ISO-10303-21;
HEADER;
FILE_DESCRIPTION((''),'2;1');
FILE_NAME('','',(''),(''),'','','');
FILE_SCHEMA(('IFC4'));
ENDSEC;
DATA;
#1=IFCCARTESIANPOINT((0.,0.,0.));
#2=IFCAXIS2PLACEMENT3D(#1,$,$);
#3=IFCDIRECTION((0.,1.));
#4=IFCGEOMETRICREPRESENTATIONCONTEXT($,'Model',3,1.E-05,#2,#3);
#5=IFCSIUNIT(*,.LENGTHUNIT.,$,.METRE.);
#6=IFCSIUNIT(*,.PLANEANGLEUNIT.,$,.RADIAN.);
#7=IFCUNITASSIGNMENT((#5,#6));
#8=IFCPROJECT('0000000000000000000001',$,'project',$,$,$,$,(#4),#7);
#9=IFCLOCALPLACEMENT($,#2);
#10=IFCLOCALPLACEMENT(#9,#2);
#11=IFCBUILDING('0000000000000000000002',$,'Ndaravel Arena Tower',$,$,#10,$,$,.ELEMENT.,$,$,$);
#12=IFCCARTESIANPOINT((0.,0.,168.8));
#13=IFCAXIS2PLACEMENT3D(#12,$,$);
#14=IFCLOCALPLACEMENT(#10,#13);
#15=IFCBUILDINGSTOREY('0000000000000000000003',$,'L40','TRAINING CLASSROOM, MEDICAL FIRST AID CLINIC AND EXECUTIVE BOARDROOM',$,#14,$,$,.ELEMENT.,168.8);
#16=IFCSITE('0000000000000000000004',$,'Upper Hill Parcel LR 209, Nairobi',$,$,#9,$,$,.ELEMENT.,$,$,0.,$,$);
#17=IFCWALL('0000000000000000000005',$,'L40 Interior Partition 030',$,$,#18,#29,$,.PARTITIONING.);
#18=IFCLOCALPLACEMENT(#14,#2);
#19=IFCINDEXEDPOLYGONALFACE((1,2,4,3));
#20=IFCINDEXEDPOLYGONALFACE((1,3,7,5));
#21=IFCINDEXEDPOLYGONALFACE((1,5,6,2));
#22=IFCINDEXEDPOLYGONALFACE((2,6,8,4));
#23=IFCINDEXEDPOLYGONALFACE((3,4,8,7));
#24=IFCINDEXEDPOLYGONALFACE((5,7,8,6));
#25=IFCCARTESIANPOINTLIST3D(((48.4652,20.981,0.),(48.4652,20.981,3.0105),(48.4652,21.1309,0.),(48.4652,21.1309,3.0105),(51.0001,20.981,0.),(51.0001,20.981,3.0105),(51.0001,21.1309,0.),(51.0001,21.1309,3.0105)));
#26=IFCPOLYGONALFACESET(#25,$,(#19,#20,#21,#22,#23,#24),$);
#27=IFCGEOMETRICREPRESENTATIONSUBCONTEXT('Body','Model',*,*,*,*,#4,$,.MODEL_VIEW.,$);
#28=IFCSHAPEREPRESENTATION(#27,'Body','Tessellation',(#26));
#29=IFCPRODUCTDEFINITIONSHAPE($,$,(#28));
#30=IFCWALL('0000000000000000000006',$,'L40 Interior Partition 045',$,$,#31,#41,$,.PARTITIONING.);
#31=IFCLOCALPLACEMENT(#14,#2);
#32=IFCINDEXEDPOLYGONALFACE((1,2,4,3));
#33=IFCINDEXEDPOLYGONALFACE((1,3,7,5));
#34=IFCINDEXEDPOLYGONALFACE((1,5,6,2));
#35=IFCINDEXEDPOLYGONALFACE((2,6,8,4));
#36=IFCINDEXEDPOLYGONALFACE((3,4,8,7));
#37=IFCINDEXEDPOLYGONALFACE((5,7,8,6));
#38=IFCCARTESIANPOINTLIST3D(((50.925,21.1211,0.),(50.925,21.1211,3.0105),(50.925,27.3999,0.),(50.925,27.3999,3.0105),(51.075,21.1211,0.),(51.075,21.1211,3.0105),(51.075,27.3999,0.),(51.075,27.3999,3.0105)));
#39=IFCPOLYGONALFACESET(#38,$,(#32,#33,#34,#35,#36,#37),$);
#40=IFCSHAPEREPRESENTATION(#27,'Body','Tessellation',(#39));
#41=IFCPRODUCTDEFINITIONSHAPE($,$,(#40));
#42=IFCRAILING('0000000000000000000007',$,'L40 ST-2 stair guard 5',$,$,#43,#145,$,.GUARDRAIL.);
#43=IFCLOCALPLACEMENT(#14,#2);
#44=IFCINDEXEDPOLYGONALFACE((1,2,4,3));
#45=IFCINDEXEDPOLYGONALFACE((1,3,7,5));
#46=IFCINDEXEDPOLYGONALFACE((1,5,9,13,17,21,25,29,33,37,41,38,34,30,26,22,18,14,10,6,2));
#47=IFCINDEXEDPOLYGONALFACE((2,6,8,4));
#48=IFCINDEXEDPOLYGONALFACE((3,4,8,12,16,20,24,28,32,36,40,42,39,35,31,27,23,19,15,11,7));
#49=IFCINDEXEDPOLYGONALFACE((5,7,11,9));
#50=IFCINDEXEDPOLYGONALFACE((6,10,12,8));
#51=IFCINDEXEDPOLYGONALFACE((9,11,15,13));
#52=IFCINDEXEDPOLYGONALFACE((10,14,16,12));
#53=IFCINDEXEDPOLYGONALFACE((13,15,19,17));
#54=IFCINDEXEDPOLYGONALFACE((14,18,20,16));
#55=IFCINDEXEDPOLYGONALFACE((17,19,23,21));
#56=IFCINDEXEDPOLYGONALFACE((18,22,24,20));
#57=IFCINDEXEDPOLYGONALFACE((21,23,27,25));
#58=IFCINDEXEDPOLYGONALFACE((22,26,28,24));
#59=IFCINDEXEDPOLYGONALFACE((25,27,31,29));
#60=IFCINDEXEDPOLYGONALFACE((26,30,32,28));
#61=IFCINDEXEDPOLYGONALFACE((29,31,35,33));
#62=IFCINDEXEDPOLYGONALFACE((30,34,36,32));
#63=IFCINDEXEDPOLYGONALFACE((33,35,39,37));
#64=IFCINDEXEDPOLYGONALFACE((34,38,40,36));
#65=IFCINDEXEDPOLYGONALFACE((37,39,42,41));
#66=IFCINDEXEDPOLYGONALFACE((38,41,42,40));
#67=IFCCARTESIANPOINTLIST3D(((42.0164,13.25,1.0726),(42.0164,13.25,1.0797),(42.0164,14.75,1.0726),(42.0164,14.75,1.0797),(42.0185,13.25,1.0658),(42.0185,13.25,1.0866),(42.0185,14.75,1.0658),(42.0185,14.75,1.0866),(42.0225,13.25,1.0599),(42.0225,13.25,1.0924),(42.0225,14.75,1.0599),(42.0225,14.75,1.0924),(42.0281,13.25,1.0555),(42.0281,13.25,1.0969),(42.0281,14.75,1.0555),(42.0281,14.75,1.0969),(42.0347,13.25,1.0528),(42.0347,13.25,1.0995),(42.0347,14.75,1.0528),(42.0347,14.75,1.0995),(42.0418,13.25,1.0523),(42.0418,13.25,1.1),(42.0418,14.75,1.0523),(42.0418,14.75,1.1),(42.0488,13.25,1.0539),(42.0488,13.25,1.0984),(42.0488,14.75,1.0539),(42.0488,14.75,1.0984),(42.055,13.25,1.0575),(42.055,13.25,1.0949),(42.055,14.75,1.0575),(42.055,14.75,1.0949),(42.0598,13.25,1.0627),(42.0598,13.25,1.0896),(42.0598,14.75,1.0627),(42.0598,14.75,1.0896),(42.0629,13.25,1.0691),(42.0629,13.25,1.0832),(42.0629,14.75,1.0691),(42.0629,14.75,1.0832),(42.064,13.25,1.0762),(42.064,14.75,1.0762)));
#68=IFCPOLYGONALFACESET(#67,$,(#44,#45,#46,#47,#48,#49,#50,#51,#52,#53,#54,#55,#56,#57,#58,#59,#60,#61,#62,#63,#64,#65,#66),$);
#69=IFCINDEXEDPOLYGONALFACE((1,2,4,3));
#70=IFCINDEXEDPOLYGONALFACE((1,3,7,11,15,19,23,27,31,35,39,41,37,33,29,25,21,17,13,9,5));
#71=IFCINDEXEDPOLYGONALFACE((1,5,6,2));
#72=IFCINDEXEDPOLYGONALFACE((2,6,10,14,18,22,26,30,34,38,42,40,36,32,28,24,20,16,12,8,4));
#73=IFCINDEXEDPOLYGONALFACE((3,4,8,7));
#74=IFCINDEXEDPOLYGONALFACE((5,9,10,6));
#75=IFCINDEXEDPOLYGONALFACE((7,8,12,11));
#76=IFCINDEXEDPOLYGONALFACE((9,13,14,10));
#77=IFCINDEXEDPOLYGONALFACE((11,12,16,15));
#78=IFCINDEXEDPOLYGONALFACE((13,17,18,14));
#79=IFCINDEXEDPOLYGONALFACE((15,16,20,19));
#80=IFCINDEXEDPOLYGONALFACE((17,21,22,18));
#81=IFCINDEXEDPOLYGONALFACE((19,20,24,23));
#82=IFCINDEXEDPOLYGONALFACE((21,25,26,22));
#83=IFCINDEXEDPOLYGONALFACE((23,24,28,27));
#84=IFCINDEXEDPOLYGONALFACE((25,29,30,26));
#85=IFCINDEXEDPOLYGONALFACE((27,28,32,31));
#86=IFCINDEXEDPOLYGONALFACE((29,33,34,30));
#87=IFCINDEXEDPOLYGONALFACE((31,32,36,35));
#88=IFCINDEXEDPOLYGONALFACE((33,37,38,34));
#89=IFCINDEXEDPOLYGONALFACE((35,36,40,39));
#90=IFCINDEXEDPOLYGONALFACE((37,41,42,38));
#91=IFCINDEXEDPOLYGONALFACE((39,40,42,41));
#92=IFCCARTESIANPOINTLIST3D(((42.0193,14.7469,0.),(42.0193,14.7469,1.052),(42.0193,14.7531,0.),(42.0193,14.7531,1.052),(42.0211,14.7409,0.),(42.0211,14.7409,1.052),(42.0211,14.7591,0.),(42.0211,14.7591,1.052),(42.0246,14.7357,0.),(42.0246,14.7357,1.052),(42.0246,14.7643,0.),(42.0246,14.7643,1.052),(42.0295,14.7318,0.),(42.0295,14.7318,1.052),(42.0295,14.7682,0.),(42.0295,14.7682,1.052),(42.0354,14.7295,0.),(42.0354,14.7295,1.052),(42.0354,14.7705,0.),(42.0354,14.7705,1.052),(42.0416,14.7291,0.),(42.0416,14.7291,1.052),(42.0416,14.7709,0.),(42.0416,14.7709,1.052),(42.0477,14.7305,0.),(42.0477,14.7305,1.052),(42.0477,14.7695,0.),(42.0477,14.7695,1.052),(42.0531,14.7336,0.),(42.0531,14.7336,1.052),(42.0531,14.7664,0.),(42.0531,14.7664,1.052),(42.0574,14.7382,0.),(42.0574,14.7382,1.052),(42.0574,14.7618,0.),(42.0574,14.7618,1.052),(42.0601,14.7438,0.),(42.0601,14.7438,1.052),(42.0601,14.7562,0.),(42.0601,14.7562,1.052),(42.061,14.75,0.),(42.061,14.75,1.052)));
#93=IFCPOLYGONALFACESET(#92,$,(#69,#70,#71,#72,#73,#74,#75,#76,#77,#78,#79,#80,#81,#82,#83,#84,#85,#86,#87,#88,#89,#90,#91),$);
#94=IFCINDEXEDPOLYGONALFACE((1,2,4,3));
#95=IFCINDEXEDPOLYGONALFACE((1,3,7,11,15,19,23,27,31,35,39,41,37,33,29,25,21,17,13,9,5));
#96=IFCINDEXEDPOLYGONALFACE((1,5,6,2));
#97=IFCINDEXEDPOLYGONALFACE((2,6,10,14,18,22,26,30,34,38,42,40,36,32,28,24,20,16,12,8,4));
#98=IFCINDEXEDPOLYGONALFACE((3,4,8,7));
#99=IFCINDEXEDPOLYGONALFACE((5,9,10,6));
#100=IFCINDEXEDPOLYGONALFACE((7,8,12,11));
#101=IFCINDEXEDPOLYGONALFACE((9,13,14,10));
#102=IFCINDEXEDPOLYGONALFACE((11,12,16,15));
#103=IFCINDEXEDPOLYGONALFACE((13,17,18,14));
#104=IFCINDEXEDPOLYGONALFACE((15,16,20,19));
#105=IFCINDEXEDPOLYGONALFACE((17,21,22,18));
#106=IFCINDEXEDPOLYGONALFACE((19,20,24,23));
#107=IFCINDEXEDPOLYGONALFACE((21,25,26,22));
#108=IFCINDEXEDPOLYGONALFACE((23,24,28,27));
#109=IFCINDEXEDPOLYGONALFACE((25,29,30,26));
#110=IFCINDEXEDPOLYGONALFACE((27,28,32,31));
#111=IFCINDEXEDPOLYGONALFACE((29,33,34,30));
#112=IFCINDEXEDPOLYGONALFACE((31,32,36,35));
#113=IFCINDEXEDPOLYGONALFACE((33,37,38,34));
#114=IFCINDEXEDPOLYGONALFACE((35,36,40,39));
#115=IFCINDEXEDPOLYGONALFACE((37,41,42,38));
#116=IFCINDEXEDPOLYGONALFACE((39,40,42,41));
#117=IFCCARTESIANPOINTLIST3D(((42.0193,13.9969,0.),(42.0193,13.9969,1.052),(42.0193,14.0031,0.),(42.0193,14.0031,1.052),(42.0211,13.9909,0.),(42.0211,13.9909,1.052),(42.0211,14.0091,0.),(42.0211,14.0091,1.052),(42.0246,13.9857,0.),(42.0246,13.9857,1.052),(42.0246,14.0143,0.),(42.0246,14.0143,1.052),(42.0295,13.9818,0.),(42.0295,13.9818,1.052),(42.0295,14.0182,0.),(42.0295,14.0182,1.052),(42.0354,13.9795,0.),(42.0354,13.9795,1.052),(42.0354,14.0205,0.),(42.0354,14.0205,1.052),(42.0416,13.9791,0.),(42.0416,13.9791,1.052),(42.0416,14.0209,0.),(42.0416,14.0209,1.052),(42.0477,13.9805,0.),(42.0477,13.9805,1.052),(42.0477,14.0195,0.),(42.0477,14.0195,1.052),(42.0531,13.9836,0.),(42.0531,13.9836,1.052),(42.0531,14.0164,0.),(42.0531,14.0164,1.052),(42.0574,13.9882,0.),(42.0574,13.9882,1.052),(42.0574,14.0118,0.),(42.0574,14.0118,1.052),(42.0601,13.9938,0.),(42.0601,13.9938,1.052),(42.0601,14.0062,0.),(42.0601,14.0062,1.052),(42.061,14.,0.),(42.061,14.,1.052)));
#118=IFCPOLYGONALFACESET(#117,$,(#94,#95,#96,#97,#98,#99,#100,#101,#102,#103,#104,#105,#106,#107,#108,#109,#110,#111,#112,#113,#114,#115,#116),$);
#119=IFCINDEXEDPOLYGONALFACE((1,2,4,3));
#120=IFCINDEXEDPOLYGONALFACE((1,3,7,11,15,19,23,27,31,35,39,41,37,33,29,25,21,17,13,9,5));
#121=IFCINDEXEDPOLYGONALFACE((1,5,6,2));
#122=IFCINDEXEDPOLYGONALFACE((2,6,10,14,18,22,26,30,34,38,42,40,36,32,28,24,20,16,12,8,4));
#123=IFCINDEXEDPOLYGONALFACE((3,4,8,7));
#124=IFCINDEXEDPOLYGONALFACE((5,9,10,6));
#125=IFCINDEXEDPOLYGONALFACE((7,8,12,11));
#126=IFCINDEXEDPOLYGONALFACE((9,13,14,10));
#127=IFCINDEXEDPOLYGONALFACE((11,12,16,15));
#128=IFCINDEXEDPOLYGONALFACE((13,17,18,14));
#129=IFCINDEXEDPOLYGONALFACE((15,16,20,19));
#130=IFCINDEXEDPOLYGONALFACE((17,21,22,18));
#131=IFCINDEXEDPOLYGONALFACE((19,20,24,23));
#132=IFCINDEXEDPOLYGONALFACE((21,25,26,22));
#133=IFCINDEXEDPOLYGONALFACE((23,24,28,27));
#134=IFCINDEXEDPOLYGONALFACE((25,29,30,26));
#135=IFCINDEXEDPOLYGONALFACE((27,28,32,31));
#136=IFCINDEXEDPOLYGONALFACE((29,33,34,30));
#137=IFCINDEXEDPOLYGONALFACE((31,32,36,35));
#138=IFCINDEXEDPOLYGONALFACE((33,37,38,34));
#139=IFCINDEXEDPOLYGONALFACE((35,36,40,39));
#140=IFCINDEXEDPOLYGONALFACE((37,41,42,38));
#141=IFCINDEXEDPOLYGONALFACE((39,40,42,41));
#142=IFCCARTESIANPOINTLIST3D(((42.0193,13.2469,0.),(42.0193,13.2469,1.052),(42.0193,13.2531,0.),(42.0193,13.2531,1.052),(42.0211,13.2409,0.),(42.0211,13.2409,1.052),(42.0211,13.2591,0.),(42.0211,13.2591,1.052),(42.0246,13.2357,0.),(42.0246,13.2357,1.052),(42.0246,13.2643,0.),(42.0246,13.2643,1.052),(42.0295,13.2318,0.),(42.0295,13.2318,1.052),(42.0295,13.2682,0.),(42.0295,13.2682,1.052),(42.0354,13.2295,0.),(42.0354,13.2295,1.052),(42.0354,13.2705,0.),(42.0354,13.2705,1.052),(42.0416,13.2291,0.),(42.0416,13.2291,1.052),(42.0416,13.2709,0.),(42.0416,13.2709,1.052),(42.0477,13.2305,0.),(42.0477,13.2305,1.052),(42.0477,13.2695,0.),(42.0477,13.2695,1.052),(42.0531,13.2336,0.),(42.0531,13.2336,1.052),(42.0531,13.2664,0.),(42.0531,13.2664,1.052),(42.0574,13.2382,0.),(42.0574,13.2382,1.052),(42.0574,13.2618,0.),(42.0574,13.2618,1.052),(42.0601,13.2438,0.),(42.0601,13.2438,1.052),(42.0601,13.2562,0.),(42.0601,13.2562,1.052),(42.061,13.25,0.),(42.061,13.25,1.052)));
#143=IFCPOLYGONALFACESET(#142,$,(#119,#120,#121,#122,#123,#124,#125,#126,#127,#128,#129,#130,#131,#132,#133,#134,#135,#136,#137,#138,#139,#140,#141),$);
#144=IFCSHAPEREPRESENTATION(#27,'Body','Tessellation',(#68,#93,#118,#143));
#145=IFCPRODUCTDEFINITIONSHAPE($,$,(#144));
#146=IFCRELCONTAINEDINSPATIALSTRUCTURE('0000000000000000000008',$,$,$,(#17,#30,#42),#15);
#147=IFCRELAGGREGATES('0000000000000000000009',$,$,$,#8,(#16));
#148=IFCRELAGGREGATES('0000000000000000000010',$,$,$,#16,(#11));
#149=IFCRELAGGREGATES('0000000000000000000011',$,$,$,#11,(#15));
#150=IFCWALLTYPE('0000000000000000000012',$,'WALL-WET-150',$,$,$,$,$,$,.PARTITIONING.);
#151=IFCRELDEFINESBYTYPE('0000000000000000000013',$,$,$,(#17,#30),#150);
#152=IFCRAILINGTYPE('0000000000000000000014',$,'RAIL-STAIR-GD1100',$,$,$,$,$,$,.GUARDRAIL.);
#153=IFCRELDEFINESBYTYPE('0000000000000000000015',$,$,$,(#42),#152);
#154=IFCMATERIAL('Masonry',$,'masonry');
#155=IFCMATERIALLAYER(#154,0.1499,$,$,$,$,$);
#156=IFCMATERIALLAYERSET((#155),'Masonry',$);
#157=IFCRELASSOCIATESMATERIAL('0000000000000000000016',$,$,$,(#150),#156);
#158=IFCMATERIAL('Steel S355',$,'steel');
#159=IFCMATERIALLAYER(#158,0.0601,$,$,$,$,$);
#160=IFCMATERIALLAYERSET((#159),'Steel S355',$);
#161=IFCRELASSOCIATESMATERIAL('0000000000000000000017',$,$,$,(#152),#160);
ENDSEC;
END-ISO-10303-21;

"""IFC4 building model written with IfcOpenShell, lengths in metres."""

from ifc_helpers import new_model, si_unit, direction, frame, frame_2d, origin, origin_2d, place, context, subcontext, project, spatial, rectangle, circle, extrude, material, layer, layer_set, type_object, element, save


model = new_model("IFC4")

# Units and contexts
model_context = context("Model", 3, precision=1e-05, world=origin(), true_north=direction((0.0, 1.0)))
body_context = subcontext(model_context, "Body", "Model", "MODEL_VIEW")
ifc_project = project(units=[si_unit("LENGTHUNIT", "METRE"), si_unit("PLANEANGLEUNIT", "RADIAN")], contexts=[model_context])

# Site, building, storey
site_placement = place(None, origin())
site = spatial("IfcSite", under=ifc_project, at=site_placement, Name="Upper Hill Parcel LR 209, Nairobi", CompositionType="ELEMENT", RefElevation=0.0)
building_placement = place(site_placement, origin())
building = spatial("IfcBuilding", under=site, at=building_placement, Name="Ndaravel Arena Tower", CompositionType="ELEMENT")
storey_placement = place(building_placement, frame((0.0, 0.0, 168.8)))
storey = spatial("IfcBuildingStorey", under=building, at=storey_placement, Name="L40", Description="TRAINING CLASSROOM, MEDICAL FIRST AID CLINIC AND EXECUTIVE BOARDROOM", CompositionType="ELEMENT", Elevation=168.8)

# Walls
ifc_material_1 = material(Name="Masonry", Category="masonry")
ifc_layer_1 = layer(ifc_material_1, 0.1499)
ifc_layer_set_1 = layer_set([ifc_layer_1], Name="Masonry")
wall_type_1 = type_object("IfcWallType", Name="WALL-WET-150", PredefinedType="PARTITIONING", material=ifc_layer_set_1)
wall_1_placement = place(storey_placement, frame((48.4651, 21.0559, 0.0), z_axis=(0.0, 0.0, 1.0), x_axis=(1.0, 0.0, 0.0)))
element("IfcWall", 1, at=wall_1_placement, inside=storey, type_object=wall_type_1, Name="L40 Interior Partition 030", PredefinedType="PARTITIONING", context=body_context, shape_type="SweptSolid", body=[
    extrude(rectangle(XDim=2.5349, YDim=0.1499, at=frame_2d((1.2676, 0.0))), origin(), (0.0, 0.0, 1.0), 3.0105),
])
wall_2_placement = place(storey_placement, frame((51.0, 21.1211, 0.0), z_axis=(0.0, 0.0, 1.0), x_axis=(0.0, 1.0, 0.0)))
element("IfcWall", 2, at=wall_2_placement, inside=storey, type_object=wall_type_1, Name="L40 Interior Partition 045", PredefinedType="PARTITIONING", context=body_context, shape_type="SweptSolid", body=[
    extrude(rectangle(XDim=6.2788, YDim=0.1499, at=frame_2d((3.1394, 0.0))), origin(), (0.0, 0.0, 1.0), 3.0105),
])

# Railing
ifc_material_2 = material(Name="Steel S355", Category="steel")
ifc_layer_2 = layer(ifc_material_2, 0.0601)
ifc_layer_set_2 = layer_set([ifc_layer_2], Name="Steel S355")
railing_type = type_object("IfcRailingType", Name="RAIL-STAIR-GD1100", PredefinedType="GUARDRAIL", material=ifc_layer_set_2)
railing_placement = place(storey_placement, frame((42.04, 14.75, 0.0)))
element("IfcRailing", 3, at=railing_placement, inside=storey, type_object=railing_type, Name="L40 ST-2 stair guard 5", PredefinedType="GUARDRAIL", context=body_context, shape_type="SweptSolid", body=[
    extrude(circle(Radius=0.0239, at=origin_2d()), frame((0.0, 0.0, 1.0762), z_axis=(0.0, -1.0, 0.0), x_axis=(1.0, 0.0, 0.0)), (0.0, 0.0, 1.0), 1.5),
    extrude(circle(Radius=0.021, at=origin_2d()), origin(), (0.0, 0.0, 1.0), 1.052),
    extrude(circle(Radius=0.021, at=origin_2d()), frame((0.0, -0.75, 0.0)), (0.0, 0.0, 1.0), 1.052),
    extrude(circle(Radius=0.021, at=origin_2d()), frame((0.0, -1.5, 0.0)), (0.0, 0.0, 1.0), 1.052),
])

save(model, "model.ifc")
